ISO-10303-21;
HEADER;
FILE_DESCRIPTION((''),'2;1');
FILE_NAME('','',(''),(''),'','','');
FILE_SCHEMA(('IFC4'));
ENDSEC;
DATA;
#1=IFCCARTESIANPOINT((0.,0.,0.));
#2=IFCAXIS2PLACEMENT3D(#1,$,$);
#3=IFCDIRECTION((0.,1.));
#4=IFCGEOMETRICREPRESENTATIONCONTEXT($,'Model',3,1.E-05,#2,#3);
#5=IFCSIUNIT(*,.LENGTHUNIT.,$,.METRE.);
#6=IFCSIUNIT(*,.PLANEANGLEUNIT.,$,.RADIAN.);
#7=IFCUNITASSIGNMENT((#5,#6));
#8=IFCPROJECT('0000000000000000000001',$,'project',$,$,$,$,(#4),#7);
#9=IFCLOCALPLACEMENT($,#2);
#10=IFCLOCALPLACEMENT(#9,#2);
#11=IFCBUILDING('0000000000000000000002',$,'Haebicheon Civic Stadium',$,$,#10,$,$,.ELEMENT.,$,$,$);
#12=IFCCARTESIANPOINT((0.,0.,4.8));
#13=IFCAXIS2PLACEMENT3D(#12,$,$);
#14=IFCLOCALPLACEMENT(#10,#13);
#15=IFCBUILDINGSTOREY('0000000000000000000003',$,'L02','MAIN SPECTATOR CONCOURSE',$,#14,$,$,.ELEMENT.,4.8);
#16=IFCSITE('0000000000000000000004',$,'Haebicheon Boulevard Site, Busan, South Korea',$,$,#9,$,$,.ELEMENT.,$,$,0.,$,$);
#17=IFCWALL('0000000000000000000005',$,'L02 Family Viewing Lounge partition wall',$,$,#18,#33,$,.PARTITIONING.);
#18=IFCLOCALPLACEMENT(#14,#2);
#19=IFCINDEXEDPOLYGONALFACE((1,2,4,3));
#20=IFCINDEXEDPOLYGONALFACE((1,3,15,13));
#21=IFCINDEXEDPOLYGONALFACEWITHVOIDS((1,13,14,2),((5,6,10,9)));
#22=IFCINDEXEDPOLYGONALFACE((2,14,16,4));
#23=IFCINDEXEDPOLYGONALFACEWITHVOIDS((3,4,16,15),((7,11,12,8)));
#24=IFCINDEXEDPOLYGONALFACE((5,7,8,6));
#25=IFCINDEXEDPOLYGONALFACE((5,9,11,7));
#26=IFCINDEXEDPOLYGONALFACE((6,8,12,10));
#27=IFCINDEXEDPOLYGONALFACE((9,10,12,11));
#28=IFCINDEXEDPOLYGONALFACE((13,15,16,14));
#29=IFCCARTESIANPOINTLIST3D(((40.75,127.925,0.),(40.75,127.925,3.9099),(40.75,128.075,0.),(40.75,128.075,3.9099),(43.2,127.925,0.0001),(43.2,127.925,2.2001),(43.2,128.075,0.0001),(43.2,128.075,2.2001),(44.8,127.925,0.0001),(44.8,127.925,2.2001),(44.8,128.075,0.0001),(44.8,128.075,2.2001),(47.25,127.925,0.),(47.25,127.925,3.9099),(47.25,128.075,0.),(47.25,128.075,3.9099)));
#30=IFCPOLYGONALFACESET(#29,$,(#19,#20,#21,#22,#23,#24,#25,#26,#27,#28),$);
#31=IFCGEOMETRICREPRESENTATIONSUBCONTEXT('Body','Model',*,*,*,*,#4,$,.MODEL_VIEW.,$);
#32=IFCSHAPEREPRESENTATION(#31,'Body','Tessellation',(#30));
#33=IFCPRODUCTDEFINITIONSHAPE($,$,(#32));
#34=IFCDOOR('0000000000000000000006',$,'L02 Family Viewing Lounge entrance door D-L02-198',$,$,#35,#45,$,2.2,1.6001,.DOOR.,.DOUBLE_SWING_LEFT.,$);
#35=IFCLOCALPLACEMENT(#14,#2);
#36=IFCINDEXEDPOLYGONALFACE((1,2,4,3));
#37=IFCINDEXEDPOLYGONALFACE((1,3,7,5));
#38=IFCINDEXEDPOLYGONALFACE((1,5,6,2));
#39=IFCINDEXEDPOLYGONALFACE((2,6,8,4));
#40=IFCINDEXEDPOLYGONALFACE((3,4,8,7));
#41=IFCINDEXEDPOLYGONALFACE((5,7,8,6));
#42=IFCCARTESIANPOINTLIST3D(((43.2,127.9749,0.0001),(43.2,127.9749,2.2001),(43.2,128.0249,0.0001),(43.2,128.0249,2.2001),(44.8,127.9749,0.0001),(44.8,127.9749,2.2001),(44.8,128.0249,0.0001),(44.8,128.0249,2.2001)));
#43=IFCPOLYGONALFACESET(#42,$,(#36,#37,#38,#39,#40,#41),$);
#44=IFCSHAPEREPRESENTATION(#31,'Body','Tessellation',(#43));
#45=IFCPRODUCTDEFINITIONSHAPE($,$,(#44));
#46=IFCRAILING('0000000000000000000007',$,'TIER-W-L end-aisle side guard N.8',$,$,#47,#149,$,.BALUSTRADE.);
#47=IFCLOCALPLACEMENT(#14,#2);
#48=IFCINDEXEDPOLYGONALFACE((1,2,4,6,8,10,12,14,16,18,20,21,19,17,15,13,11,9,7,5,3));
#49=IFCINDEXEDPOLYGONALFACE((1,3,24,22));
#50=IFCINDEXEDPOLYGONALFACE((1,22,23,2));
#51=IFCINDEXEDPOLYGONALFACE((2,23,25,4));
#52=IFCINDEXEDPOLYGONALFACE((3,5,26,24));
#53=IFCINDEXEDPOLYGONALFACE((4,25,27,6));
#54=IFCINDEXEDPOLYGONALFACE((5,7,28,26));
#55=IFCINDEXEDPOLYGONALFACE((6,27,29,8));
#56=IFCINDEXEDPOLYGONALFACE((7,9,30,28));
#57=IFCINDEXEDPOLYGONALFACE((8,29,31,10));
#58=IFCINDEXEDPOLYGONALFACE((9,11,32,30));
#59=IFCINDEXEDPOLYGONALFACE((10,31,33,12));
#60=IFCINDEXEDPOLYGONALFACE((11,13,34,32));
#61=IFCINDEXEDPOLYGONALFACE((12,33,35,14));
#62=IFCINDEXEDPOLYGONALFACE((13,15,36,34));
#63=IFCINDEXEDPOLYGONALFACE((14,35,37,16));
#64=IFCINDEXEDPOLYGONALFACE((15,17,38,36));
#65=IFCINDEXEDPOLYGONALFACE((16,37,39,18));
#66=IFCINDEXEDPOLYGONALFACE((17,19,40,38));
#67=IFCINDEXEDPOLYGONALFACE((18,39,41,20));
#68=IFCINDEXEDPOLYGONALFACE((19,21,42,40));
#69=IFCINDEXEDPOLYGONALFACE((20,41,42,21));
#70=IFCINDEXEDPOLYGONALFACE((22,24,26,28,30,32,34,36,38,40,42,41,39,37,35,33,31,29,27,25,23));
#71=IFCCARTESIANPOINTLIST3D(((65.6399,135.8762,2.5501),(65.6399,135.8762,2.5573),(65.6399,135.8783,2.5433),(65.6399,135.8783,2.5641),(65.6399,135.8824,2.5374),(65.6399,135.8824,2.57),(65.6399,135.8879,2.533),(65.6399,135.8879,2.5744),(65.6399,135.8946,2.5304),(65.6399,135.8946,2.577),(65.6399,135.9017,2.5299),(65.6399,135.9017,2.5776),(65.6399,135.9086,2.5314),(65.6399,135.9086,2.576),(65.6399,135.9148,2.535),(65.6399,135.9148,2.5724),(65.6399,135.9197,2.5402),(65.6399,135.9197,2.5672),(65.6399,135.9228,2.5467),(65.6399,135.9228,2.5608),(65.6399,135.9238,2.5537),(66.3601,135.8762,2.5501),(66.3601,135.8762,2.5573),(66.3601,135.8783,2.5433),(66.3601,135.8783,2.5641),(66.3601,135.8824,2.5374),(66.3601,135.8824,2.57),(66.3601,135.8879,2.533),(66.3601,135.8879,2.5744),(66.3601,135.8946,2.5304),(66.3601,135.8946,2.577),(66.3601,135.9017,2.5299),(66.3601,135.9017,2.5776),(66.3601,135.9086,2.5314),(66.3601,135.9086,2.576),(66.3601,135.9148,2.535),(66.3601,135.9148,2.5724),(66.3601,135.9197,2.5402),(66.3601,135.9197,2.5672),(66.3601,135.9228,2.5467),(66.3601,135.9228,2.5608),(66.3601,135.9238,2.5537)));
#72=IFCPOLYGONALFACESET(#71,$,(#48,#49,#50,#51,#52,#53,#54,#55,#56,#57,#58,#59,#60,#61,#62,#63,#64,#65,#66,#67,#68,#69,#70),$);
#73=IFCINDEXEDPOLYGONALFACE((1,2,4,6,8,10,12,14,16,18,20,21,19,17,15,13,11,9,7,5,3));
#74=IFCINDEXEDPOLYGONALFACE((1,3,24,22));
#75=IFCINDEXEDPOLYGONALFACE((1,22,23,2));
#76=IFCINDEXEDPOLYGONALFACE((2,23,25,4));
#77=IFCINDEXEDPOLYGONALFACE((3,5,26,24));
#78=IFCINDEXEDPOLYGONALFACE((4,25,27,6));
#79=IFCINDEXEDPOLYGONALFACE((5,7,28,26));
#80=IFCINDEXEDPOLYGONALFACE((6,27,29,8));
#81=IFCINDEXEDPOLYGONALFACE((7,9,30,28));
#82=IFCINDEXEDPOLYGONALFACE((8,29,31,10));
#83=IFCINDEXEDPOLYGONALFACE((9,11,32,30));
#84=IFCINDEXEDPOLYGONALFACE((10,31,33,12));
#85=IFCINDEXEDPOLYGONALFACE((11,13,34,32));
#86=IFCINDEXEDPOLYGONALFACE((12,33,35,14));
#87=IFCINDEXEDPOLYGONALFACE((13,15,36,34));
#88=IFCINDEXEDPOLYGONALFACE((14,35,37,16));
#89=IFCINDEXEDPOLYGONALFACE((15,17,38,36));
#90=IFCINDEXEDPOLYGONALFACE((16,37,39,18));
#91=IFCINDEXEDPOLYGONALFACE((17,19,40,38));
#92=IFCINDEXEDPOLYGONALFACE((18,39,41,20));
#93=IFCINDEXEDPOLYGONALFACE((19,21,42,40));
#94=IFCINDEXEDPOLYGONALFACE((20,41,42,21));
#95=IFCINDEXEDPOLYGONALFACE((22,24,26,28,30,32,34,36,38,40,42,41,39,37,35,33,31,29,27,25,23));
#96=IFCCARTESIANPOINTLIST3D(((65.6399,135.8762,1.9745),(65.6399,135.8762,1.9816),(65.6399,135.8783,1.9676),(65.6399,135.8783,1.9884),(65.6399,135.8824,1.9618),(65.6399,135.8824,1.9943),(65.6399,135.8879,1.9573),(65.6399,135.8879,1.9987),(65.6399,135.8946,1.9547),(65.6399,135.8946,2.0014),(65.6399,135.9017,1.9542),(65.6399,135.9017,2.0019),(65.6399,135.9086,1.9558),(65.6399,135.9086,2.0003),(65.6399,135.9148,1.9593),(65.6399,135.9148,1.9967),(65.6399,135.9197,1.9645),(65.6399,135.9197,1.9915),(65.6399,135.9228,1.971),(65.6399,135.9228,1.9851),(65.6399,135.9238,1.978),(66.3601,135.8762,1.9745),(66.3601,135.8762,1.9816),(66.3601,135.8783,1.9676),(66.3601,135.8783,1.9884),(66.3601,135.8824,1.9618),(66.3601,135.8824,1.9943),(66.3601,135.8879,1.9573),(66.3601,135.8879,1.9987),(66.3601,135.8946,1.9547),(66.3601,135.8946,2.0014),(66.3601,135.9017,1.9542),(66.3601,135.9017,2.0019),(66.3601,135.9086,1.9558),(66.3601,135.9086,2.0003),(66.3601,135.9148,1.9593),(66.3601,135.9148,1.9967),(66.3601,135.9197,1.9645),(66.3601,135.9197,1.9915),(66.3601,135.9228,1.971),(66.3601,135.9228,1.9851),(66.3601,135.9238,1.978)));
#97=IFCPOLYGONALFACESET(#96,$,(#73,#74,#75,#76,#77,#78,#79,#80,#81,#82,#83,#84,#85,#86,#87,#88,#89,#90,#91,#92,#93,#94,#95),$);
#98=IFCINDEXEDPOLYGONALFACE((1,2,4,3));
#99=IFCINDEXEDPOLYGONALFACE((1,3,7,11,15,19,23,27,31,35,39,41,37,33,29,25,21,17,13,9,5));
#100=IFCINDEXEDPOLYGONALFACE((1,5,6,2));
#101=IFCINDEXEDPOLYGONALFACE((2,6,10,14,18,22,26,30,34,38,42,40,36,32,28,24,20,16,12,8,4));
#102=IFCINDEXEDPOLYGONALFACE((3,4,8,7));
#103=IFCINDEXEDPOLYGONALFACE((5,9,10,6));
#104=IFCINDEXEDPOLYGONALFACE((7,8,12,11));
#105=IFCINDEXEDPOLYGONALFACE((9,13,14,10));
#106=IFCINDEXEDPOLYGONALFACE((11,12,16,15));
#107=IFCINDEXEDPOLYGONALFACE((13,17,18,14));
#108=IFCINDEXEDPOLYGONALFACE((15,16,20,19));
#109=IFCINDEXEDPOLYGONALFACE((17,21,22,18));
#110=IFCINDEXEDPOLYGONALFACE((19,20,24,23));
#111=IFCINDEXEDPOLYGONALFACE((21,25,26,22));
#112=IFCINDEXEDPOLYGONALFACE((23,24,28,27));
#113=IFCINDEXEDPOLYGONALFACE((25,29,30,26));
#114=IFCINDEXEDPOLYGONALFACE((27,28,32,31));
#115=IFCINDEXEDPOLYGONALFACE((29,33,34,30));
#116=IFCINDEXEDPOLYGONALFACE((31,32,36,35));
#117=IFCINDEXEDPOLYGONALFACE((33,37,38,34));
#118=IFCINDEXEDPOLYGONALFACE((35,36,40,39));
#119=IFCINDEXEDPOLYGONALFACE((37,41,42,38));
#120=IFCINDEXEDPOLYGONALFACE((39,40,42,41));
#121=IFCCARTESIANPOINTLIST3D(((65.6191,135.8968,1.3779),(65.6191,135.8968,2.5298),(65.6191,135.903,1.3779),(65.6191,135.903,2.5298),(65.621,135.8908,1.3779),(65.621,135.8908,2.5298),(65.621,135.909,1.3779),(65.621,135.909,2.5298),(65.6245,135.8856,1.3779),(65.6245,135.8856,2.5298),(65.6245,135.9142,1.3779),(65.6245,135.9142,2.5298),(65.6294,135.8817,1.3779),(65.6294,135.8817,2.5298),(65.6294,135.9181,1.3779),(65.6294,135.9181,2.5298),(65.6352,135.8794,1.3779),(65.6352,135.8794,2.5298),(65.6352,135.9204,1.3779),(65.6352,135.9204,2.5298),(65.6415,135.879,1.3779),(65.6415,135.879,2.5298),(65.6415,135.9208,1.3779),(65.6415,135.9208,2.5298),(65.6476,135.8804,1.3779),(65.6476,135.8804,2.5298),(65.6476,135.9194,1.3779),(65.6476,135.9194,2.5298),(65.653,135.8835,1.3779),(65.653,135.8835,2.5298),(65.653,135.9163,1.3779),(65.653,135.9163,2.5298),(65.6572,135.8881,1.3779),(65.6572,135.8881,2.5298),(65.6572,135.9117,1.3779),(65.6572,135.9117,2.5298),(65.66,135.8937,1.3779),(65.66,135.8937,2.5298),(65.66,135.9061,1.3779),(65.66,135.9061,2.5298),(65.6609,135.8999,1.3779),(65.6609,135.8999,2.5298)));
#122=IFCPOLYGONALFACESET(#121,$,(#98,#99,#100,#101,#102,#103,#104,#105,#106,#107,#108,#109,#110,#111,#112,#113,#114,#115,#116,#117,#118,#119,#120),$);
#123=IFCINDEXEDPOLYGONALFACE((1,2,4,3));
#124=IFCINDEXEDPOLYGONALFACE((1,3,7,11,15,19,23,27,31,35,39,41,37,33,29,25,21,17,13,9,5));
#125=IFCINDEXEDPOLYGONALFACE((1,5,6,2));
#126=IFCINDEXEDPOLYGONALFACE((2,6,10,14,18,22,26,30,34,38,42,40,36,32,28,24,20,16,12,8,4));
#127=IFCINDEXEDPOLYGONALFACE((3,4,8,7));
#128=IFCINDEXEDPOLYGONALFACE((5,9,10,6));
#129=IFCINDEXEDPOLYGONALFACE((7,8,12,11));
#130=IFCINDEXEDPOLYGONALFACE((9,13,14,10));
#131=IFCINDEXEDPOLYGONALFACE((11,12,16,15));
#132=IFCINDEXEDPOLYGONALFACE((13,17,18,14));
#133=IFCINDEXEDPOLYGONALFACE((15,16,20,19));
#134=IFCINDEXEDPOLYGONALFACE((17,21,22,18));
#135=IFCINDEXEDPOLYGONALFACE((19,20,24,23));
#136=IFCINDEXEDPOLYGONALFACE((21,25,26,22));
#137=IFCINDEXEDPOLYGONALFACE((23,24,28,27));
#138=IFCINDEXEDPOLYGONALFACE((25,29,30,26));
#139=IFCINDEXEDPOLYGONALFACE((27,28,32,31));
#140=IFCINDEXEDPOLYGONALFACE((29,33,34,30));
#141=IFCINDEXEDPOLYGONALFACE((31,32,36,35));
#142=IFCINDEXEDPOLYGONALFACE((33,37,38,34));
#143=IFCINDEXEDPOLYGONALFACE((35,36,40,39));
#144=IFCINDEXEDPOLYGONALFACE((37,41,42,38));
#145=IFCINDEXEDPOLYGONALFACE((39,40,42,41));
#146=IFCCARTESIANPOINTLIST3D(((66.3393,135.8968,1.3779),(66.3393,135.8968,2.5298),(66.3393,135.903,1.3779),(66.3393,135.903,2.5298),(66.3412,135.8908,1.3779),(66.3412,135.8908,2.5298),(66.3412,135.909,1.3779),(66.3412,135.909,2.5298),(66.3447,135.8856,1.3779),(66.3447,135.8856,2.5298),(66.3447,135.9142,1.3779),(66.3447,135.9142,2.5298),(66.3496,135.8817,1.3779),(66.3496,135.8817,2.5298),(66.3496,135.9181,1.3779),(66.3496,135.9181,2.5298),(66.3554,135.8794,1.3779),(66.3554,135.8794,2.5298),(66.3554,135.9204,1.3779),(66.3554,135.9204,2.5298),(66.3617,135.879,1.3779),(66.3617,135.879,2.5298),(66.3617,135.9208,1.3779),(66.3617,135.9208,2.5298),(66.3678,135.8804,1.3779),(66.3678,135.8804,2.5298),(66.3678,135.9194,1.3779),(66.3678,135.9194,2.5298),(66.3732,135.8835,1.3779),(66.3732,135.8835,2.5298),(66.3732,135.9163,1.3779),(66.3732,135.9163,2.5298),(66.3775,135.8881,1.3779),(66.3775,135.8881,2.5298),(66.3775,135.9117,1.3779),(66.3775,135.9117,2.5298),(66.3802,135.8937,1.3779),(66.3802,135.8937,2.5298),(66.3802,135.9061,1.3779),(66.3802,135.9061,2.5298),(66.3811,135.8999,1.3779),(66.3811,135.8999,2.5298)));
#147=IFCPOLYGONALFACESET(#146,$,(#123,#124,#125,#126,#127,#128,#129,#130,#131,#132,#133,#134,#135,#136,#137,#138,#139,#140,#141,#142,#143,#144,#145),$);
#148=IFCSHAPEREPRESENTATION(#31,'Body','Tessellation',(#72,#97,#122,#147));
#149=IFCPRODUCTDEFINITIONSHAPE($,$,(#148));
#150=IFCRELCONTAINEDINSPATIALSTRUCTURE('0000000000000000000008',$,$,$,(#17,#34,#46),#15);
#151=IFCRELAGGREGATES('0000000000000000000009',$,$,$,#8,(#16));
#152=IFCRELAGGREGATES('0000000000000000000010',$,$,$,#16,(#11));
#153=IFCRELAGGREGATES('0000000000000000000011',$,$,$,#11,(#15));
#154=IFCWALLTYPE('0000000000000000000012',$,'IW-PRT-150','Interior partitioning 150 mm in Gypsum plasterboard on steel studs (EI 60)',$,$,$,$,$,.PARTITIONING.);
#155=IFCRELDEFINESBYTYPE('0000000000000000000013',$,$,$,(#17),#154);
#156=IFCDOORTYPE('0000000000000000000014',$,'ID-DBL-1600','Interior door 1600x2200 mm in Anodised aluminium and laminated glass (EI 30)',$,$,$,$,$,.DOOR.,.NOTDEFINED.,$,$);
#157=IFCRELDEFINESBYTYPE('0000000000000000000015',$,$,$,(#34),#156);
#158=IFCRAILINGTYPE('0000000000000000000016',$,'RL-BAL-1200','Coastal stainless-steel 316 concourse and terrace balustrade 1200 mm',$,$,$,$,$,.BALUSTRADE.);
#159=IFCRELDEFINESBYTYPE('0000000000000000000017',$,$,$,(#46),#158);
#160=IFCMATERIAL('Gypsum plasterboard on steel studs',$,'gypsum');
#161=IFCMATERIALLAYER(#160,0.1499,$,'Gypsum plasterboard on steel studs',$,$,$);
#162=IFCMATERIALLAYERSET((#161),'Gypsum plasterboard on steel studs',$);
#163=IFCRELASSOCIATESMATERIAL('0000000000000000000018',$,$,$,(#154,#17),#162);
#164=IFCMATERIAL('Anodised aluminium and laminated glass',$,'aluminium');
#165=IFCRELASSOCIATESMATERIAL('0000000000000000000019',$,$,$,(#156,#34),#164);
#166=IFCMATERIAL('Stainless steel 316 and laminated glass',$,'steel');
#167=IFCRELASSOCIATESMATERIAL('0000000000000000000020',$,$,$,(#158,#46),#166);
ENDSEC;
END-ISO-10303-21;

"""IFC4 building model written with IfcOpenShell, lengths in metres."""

from ifc_helpers import new_model, si_unit, direction, frame, frame_2d, origin, origin_2d, place, context, subcontext, project, spatial, rectangle, circle, extrude, material, layer, layer_set, type_object, element, fill, save


model = new_model("IFC4")

# Units and contexts
model_context = context("Model", 3, precision=1e-05, world=origin(), true_north=direction((0.0, 1.0)))
body_context = subcontext(model_context, "Body", "Model", "MODEL_VIEW")
ifc_project = project(units=[si_unit("LENGTHUNIT", "METRE"), si_unit("PLANEANGLEUNIT", "RADIAN")], contexts=[model_context])

# Site, building, storey
site_placement = place(None, origin())
site = spatial("IfcSite", under=ifc_project, at=site_placement, Name="Haebicheon Boulevard Site, Busan, South Korea", CompositionType="ELEMENT", RefElevation=0.0)
building_placement = place(site_placement, origin())
building = spatial("IfcBuilding", under=site, at=building_placement, Name="Haebicheon Civic Stadium", CompositionType="ELEMENT")
storey_placement = place(building_placement, frame((0.0, 0.0, 4.8)))
storey = spatial("IfcBuildingStorey", under=building, at=storey_placement, Name="L02", Description="MAIN SPECTATOR CONCOURSE", CompositionType="ELEMENT", Elevation=4.8)

# Wall, opening, door
ifc_material_1 = material(Name="Gypsum plasterboard on steel studs", Category="gypsum")
ifc_layer_1 = layer(ifc_material_1, 0.1499, Name="Gypsum plasterboard on steel studs")
ifc_layer_set_1 = layer_set([ifc_layer_1], Name="Gypsum plasterboard on steel studs")
wall_type_1 = type_object("IfcWallType", Name="IW-PRT-150", Description="Interior partitioning 150 mm in Gypsum plasterboard on steel studs (EI 60)", PredefinedType="PARTITIONING", material=ifc_layer_set_1)
wall_1_placement = place(storey_placement, frame((40.75, 128.0, 0.0), z_axis=(0.0, 0.0, 1.0), x_axis=(1.0, 0.0, 0.0)))
wall_1 = element("IfcWall", 1, at=wall_1_placement, inside=storey, type_object=wall_type_1, material=ifc_layer_set_1, Name="L02 Family Viewing Lounge partition wall", PredefinedType="PARTITIONING", context=body_context, shape_type="SweptSolid", body=[
    extrude(rectangle(XDim=6.5, YDim=0.1499, at=frame_2d((3.25, 0.0))), origin(), (0.0, 0.0, 1.0), 3.9099),
])
opening_1_placement = place(wall_1_placement, frame((2.45, 0.0, 0.0)))
opening_1 = element("IfcOpeningElement", 2, at=opening_1_placement, cuts=wall_1, PredefinedType="OPENING", context=body_context, shape_type="SweptSolid", body=[
    extrude(rectangle(XDim=1.6001, YDim=2.2, at=frame_2d((0.8, 1.1001))), frame((0.0, 0.085, 0.0), z_axis=(0.0, -1.0, 0.0), x_axis=(1.0, 0.0, 0.0)), (0.0, 0.0, 1.0), 0.1699),
])
ifc_material_2 = material(Name="Anodised aluminium and laminated glass", Category="aluminium")
door_type_1 = type_object("IfcDoorType", Name="ID-DBL-1600", Description="Interior door 1600x2200 mm in Anodised aluminium and laminated glass (EI 30)", OperationType="NOTDEFINED", PredefinedType="DOOR", material=ifc_material_2)
door_1_placement = place(opening_1_placement, origin())
door_1 = element("IfcDoor", 3, at=door_1_placement, inside=storey, type_object=door_type_1, material=ifc_material_2, Name="L02 Family Viewing Lounge entrance door D-L02-198", OperationType="DOUBLE_SWING_LEFT", OverallHeight=2.2, OverallWidth=1.6001, PredefinedType="DOOR", context=body_context, shape_type="SweptSolid", body=[
    extrude(rectangle(XDim=1.6001, YDim=2.2, at=frame_2d((0.8, 1.1001))), frame((0.0, 0.0249, 0.0), z_axis=(0.0, -1.0, 0.0), x_axis=(1.0, 0.0, 0.0)), (0.0, 0.0, 1.0), 0.05),
])
fill(opening_1, door_1)

# Railing
ifc_material_3 = material(Name="Stainless steel 316 and laminated glass", Category="steel")
railing_type = type_object("IfcRailingType", Name="RL-BAL-1200", Description="Coastal stainless-steel 316 concourse and terrace balustrade 1200 mm", PredefinedType="BALUSTRADE", material=ifc_material_3)
railing_placement = place(storey_placement, frame((65.6399, 135.8999, 1.3779)))
element("IfcRailing", 4, at=railing_placement, inside=storey, type_object=railing_type, material=ifc_material_3, Name="TIER-W-L end-aisle side guard N.8", PredefinedType="BALUSTRADE", context=body_context, shape_type="SweptSolid", body=[
    extrude(circle(Radius=0.0239, at=origin_2d()), frame((0.0, 0.0, 1.1758), z_axis=(1.0, 0.0, 0.0), x_axis=(0.0, 1.0, 0.0)), (0.0, 0.0, 1.0), 0.7202),
    extrude(circle(Radius=0.0239, at=origin_2d()), frame((0.0, 0.0, 0.6001), z_axis=(1.0, 0.0, 0.0), x_axis=(0.0, 1.0, 0.0)), (0.0, 0.0, 1.0), 0.7202),
    extrude(circle(Radius=0.021, at=origin_2d()), origin(), (0.0, 0.0, 1.0), 1.1519),
    extrude(circle(Radius=0.021, at=origin_2d()), frame((0.7202, 0.0, 0.0)), (0.0, 0.0, 1.0), 1.1519),
])

save(model, "model.ifc")
